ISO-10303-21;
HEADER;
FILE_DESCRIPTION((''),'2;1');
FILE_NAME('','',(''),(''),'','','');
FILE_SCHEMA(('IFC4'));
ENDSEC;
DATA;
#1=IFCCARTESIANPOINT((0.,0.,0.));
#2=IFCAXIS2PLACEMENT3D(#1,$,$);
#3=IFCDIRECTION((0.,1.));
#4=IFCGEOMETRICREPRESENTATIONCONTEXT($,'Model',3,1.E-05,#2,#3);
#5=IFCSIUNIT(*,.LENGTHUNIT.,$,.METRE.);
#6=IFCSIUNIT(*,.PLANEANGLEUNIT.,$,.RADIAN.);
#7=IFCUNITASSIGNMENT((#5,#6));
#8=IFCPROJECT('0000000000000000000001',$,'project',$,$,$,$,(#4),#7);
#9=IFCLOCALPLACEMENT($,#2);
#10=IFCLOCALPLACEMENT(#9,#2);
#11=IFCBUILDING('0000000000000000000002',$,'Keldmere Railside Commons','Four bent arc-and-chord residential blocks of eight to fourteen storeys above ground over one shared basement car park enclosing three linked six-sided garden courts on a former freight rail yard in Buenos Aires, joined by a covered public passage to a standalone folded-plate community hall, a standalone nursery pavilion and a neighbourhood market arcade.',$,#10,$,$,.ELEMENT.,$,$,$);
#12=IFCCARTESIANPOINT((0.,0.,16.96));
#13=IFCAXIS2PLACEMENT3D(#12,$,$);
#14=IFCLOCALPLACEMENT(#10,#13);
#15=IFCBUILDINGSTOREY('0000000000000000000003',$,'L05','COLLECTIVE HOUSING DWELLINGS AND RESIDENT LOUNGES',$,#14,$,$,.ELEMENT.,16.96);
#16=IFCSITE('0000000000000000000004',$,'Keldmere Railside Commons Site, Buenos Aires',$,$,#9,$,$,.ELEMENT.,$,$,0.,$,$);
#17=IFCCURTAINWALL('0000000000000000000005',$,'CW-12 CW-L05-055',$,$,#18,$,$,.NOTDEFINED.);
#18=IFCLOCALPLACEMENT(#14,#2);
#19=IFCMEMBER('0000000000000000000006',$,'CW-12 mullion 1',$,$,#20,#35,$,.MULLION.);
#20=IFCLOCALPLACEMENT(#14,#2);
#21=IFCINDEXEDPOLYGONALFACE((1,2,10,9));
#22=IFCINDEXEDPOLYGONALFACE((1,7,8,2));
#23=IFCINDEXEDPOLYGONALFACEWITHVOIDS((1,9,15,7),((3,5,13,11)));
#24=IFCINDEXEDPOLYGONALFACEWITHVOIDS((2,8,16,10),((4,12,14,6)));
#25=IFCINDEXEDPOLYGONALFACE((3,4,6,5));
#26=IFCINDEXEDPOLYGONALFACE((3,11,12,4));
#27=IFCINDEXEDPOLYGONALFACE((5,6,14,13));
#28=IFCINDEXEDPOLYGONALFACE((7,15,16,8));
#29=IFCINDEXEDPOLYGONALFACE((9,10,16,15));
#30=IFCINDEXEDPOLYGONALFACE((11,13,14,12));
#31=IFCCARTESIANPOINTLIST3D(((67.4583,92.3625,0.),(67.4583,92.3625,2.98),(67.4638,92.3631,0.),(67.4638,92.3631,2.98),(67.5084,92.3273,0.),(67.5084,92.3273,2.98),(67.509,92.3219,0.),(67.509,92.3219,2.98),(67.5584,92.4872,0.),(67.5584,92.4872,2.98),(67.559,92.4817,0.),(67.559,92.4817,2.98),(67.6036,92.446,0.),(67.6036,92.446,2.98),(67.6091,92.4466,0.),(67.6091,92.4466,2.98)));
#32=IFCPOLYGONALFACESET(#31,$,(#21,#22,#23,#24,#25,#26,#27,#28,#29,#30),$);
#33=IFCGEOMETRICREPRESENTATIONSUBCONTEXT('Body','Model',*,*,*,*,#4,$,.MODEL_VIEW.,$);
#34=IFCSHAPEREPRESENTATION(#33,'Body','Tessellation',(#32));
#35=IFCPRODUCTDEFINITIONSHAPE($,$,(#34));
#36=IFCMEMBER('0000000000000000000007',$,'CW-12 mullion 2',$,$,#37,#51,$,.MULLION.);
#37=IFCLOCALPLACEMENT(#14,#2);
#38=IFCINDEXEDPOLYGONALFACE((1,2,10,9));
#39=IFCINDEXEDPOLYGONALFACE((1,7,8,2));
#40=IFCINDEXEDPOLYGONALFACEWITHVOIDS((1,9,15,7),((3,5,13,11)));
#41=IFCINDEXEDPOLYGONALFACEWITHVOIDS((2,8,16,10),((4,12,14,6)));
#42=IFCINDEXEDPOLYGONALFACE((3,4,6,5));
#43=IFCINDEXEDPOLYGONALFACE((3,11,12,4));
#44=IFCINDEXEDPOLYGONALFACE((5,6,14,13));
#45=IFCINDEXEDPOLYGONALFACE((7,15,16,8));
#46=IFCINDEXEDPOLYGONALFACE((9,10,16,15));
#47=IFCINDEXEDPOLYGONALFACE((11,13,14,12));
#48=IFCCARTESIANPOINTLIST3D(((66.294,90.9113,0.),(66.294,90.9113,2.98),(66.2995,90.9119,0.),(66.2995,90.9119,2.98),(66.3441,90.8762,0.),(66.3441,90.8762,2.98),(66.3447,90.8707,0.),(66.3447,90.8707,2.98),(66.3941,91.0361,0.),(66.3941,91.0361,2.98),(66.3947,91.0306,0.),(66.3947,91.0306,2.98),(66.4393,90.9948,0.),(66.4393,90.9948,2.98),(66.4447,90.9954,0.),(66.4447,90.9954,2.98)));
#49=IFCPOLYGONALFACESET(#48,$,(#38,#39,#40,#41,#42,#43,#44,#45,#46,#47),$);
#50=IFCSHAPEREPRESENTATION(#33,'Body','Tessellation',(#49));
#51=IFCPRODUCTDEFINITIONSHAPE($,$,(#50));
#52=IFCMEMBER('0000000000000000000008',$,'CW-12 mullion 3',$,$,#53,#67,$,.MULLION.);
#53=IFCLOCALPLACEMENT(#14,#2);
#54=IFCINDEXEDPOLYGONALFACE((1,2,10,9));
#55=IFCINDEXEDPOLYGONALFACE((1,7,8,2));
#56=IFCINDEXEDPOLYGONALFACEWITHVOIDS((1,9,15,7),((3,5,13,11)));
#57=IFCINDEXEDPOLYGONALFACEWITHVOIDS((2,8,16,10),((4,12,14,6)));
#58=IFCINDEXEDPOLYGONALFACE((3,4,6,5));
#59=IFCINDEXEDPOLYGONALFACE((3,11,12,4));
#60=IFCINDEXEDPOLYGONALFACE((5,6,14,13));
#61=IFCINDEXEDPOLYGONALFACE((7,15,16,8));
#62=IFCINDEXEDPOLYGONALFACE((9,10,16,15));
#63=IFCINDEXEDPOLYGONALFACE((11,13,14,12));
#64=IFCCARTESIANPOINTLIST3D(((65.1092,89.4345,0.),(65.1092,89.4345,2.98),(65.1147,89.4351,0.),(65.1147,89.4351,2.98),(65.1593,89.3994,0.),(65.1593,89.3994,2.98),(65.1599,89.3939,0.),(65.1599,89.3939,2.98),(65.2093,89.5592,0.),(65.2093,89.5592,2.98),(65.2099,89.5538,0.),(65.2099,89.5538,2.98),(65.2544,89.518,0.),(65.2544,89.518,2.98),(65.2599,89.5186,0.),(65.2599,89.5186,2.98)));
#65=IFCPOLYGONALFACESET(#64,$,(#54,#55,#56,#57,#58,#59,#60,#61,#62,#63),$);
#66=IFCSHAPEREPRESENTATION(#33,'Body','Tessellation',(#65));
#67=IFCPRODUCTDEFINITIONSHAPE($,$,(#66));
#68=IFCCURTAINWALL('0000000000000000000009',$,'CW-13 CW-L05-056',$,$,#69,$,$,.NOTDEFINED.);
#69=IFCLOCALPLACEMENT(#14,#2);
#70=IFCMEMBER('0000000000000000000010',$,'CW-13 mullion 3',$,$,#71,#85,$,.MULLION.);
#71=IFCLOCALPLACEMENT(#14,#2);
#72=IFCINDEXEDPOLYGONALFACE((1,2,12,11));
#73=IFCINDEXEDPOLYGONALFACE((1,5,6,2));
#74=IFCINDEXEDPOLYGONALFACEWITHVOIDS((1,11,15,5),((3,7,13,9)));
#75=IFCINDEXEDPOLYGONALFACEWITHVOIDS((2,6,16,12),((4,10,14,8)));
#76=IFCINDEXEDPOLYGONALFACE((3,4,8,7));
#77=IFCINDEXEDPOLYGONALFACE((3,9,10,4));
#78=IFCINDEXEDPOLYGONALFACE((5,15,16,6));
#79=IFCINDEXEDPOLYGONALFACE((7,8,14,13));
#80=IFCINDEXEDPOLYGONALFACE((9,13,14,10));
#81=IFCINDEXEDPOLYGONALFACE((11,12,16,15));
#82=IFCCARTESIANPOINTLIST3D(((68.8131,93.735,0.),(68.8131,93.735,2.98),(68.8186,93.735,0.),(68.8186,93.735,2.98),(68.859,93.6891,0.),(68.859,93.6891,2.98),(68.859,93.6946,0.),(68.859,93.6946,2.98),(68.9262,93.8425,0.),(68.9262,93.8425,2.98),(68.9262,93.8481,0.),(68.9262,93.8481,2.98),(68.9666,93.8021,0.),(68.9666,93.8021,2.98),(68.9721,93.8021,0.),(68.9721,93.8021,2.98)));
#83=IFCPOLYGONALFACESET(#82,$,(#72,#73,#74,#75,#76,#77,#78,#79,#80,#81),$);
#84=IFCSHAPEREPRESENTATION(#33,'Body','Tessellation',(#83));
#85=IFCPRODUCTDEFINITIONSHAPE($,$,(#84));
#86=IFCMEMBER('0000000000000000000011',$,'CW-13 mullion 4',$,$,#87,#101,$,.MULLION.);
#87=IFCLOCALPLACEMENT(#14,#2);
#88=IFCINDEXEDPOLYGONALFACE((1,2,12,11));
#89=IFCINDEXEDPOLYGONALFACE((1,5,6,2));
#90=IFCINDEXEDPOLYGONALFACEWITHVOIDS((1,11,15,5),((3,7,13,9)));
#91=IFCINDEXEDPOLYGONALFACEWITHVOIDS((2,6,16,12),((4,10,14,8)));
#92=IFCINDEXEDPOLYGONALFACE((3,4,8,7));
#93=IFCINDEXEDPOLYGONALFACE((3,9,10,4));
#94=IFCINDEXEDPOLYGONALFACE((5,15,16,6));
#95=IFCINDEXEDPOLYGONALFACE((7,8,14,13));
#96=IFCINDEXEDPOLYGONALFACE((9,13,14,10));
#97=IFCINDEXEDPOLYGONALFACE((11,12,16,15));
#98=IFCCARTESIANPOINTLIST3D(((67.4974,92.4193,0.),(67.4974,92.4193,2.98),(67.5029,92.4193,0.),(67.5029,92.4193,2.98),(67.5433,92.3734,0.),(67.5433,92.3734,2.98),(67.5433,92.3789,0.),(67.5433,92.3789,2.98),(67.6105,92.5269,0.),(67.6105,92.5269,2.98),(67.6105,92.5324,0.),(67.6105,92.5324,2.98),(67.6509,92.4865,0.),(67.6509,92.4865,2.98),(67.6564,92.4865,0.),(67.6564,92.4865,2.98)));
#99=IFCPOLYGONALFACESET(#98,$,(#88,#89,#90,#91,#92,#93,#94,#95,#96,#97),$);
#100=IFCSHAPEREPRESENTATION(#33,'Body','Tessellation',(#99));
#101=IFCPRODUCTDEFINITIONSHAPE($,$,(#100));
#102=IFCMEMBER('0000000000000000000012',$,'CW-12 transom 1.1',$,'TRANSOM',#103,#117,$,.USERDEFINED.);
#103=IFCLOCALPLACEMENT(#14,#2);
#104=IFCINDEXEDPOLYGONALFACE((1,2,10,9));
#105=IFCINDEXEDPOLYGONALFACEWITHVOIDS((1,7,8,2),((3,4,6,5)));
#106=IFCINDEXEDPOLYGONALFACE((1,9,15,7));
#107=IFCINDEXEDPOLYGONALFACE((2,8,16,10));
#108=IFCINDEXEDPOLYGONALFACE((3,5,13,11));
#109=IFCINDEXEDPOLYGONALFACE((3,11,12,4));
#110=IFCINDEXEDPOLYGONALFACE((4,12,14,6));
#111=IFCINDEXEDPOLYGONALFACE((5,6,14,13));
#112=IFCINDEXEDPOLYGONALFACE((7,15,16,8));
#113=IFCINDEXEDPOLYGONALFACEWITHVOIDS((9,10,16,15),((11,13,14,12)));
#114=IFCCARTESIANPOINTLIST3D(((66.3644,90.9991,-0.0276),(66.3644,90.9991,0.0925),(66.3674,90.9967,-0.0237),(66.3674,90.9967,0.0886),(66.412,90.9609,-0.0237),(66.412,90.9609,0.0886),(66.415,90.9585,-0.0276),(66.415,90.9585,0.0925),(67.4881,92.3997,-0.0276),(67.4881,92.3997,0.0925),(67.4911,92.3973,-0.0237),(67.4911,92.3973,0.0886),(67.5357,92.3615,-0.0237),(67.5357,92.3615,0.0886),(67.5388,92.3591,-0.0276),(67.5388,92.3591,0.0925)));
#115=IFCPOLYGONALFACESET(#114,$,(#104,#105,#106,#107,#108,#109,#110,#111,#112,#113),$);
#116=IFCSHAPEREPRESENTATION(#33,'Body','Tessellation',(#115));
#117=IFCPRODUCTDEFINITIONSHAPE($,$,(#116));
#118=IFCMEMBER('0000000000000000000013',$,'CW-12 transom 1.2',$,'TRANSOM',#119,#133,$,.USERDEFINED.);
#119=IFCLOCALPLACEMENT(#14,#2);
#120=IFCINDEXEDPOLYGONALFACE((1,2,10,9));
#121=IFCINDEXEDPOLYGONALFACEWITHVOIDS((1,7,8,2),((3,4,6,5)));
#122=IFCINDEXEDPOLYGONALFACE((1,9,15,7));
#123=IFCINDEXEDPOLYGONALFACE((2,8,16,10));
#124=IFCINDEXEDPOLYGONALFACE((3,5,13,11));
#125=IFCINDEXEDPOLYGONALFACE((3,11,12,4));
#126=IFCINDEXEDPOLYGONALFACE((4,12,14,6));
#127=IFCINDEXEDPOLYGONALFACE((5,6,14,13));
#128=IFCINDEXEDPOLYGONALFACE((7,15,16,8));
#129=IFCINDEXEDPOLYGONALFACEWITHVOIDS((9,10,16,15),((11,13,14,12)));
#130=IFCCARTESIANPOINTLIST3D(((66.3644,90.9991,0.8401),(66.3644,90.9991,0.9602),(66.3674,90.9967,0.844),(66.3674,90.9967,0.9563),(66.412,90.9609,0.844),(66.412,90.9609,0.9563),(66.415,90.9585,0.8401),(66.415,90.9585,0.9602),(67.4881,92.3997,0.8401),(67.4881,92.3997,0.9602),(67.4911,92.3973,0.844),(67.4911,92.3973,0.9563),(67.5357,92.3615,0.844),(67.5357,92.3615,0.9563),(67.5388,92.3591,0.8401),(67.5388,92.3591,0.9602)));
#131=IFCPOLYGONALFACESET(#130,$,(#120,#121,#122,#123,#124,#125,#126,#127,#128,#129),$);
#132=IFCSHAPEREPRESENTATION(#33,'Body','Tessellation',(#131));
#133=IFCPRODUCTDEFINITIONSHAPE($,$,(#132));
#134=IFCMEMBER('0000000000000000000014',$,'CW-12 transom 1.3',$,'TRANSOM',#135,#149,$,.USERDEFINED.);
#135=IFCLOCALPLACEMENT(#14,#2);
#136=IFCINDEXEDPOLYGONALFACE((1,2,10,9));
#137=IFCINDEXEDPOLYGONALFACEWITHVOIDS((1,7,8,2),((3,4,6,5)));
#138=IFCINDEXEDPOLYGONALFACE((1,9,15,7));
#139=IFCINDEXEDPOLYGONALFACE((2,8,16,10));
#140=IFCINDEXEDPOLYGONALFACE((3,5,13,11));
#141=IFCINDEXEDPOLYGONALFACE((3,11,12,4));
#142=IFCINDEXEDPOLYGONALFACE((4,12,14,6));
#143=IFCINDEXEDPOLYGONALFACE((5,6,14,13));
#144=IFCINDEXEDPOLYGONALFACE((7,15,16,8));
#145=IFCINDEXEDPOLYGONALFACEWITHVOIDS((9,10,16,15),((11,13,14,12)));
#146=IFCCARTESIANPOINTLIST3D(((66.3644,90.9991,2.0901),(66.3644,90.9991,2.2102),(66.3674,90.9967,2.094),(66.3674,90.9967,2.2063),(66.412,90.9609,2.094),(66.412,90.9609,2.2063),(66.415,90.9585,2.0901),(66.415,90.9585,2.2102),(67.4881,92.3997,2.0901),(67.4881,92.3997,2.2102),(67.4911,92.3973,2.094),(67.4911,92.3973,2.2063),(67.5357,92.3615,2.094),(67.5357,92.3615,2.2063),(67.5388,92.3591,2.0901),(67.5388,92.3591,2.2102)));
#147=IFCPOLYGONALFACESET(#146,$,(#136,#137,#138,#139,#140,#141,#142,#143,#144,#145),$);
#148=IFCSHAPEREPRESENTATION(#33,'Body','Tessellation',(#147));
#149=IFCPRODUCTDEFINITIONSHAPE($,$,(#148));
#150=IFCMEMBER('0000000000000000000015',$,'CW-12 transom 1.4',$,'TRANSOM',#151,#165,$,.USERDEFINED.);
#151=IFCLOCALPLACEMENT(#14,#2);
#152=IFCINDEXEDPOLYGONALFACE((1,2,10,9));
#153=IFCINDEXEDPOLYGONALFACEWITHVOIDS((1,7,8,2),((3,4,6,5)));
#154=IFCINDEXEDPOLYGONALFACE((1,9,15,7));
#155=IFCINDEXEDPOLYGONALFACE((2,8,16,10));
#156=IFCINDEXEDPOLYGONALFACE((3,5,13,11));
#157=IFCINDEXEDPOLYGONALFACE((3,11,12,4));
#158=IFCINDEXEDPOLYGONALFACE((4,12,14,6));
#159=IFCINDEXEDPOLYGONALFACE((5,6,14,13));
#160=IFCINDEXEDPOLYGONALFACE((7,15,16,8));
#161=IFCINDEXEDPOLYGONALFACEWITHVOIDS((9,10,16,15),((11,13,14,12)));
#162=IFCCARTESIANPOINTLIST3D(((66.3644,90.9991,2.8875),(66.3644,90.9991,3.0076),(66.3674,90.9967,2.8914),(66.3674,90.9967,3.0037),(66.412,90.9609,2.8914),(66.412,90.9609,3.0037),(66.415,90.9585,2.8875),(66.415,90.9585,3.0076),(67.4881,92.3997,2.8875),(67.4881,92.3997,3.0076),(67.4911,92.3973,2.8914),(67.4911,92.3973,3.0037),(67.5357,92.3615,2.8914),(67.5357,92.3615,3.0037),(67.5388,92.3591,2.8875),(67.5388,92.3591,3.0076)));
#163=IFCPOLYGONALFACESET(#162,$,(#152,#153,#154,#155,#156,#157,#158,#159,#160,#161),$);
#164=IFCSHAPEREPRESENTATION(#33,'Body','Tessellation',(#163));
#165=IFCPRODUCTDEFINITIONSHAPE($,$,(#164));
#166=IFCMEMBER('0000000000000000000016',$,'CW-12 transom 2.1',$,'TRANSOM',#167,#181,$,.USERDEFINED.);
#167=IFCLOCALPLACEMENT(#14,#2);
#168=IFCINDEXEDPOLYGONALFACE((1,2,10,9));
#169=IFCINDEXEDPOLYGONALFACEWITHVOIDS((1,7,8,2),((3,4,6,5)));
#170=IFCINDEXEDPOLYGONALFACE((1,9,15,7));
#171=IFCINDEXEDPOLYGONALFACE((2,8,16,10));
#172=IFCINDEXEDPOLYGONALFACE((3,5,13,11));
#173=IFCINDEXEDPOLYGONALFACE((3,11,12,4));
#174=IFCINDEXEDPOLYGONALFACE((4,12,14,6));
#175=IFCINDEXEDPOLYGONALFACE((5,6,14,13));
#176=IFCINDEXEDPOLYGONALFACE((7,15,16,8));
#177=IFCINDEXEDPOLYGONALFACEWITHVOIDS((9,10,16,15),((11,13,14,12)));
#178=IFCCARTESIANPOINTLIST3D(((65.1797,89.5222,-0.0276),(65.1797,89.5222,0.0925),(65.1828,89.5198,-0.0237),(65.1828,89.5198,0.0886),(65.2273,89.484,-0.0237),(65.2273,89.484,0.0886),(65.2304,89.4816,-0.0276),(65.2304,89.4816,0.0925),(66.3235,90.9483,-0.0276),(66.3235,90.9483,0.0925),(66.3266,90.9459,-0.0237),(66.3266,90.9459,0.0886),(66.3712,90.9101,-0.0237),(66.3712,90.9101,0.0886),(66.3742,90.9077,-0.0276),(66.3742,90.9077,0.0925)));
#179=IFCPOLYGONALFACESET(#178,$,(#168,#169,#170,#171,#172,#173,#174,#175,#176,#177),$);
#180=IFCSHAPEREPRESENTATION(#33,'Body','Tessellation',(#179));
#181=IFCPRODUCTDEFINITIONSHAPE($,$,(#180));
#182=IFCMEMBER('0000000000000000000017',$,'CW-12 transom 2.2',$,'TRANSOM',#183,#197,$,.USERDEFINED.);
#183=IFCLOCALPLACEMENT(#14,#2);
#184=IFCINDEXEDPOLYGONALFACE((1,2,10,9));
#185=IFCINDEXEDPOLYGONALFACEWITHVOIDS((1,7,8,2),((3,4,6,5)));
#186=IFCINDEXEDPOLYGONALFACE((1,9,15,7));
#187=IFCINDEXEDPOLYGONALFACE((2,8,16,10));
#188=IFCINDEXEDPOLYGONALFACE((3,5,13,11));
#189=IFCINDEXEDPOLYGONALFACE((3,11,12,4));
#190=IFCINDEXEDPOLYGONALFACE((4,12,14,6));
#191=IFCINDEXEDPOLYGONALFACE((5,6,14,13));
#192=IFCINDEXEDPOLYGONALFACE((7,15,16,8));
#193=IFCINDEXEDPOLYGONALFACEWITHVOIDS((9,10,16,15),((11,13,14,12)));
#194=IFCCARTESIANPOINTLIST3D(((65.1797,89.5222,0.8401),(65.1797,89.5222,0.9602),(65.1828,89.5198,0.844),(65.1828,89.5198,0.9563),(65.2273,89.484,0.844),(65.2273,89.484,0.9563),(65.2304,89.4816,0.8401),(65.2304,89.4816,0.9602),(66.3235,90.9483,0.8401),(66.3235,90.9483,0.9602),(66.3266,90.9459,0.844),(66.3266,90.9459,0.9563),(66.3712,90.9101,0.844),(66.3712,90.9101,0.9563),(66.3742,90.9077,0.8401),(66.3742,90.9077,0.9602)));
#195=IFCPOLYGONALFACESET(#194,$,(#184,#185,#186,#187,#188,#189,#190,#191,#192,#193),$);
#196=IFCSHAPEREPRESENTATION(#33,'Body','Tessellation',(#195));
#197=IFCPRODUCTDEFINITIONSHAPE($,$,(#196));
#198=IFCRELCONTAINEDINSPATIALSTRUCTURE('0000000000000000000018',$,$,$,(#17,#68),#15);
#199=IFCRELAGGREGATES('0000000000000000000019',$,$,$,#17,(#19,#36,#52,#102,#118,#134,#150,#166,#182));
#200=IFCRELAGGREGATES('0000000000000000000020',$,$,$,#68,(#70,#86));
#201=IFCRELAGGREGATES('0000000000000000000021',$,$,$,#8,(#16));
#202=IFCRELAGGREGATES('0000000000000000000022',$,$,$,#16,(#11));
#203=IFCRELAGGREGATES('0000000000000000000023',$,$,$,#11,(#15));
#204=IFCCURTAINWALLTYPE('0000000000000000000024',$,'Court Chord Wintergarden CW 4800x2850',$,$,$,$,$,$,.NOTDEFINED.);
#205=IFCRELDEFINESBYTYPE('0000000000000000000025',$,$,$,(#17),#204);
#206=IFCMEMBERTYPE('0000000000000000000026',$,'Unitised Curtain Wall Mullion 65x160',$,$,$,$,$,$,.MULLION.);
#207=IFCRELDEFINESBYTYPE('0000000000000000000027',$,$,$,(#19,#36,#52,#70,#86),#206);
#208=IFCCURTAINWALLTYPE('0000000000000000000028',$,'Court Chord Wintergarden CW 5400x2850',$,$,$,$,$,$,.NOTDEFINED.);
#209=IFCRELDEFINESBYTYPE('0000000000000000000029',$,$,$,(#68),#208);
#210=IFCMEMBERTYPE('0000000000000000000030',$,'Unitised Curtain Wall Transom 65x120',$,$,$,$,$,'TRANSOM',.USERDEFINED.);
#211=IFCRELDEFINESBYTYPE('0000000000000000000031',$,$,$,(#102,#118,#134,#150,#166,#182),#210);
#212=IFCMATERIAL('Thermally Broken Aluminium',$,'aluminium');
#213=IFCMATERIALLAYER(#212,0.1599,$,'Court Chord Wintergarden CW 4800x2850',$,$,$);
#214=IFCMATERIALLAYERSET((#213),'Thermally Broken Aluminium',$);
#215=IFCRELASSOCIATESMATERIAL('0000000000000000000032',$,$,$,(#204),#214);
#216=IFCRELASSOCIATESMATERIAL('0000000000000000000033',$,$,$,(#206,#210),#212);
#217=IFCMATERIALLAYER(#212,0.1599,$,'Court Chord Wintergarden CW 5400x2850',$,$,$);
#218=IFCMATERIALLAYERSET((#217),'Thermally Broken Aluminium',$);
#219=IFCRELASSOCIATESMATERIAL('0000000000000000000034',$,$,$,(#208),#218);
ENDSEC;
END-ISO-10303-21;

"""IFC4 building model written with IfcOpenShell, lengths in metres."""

from ifc_helpers import new_model, si_unit, direction, frame, origin, origin_2d, place, context, subcontext, project, spatial, hollow_rectangle, extrude, material, layer, layer_set, material_profile, profile_set, type_object, element, aggregate, save


model = new_model("IFC4")

# Units and contexts
model_context = context("Model", 3, precision=1e-05, world=origin(), true_north=direction((0.0, 1.0)))
body_context = subcontext(model_context, "Body", "Model", "MODEL_VIEW")
ifc_project = project(units=[si_unit("LENGTHUNIT", "METRE"), si_unit("PLANEANGLEUNIT", "RADIAN")], contexts=[model_context])

# Site, building, storey
site_placement = place(None, origin())
site = spatial("IfcSite", under=ifc_project, at=site_placement, Name="Keldmere Railside Commons Site, Buenos Aires", CompositionType="ELEMENT", RefElevation=0.0)
building_placement = place(site_placement, origin())
building = spatial("IfcBuilding", under=site, at=building_placement, Name="Keldmere Railside Commons", Description="Four bent arc-and-chord residential blocks of eight to fourteen storeys above ground over one shared basement car park enclosing three linked six-sided garden courts on a former freight rail yard in Buenos Aires, joined by a covered public passage to a standalone folded-plate community hall, a standalone nursery pavilion and a neighbourhood market arcade.", CompositionType="ELEMENT")
storey_placement = place(building_placement, frame((0.0, 0.0, 16.96)))
storey = spatial("IfcBuildingStorey", under=building, at=storey_placement, Name="L05", Description="COLLECTIVE HOUSING DWELLINGS AND RESIDENT LOUNGES", CompositionType="ELEMENT", Elevation=16.96)

# Curtain walls, members
ifc_material_1 = material(Name="Thermally Broken Aluminium", Category="aluminium")
ifc_layer_1 = layer(ifc_material_1, 0.1599, Name="Court Chord Wintergarden CW 4800x2850")
ifc_layer_set_1 = layer_set([ifc_layer_1], Name="Thermally Broken Aluminium")
curtain_wall_type_1 = type_object("IfcCurtainWallType", Name="Court Chord Wintergarden CW 4800x2850", PredefinedType="NOTDEFINED", material=ifc_layer_set_1)
curtain_wall_1_placement = place(storey_placement, origin())
curtain_wall_1 = element("IfcCurtainWall", 1, at=curtain_wall_1_placement, inside=storey, type_object=curtain_wall_type_1, Name="CW-12 CW-L05-055", PredefinedType="NOTDEFINED")
ifc_material_profile_1 = material_profile(ifc_material_1, hollow_rectangle(XDim=0.0649, YDim=0.1599, WallThickness=0.0039, at=origin_2d()), Name="ALU-MULL-65x160")
ifc_profile_set_1 = profile_set([ifc_material_profile_1], Name="Thermally Broken Aluminium")
member_type_1 = type_object("IfcMemberType", Name="Unitised Curtain Wall Mullion 65x160", PredefinedType="MULLION", material=ifc_profile_set_1)
member_1_placement = place(storey_placement, frame((67.5337, 92.4045, 0.0), z_axis=(0.0, 0.0, 1.0), x_axis=(0.780009, -0.625768, 0.0)))
member_1 = element("IfcMember", 2, at=member_1_placement, type_object=member_type_1, Name="CW-12 mullion 1", PredefinedType="MULLION", context=body_context, shape_type="SweptSolid", body=[
    extrude(hollow_rectangle(XDim=0.0649, YDim=0.1599, WallThickness=0.0039, at=origin_2d()), origin(), (0.0, 0.0, 1.0), 2.98),
])
member_2_placement = place(storey_placement, frame((66.3694, 90.9534, 0.0), z_axis=(0.0, 0.0, 1.0), x_axis=(0.780009, -0.625768, 0.0)))
member_2 = element("IfcMember", 3, at=member_2_placement, type_object=member_type_1, Name="CW-12 mullion 2", PredefinedType="MULLION", context=body_context, shape_type="SweptSolid", body=[
    extrude(hollow_rectangle(XDim=0.0649, YDim=0.1599, WallThickness=0.0039, at=origin_2d()), origin(), (0.0, 0.0, 1.0), 2.98),
])
member_3_placement = place(storey_placement, frame((65.1846, 89.4766, 0.0), z_axis=(0.0, 0.0, 1.0), x_axis=(0.780009, -0.625768, 0.0)))
member_3 = element("IfcMember", 4, at=member_3_placement, type_object=member_type_1, Name="CW-12 mullion 3", PredefinedType="MULLION", context=body_context, shape_type="SweptSolid", body=[
    extrude(hollow_rectangle(XDim=0.0649, YDim=0.1599, WallThickness=0.0039, at=origin_2d()), origin(), (0.0, 0.0, 1.0), 2.98),
])
ifc_layer_2 = layer(ifc_material_1, 0.1599, Name="Court Chord Wintergarden CW 5400x2850")
ifc_layer_set_2 = layer_set([ifc_layer_2], Name="Thermally Broken Aluminium")
curtain_wall_type_2 = type_object("IfcCurtainWallType", Name="Court Chord Wintergarden CW 5400x2850", PredefinedType="NOTDEFINED", material=ifc_layer_set_2)
curtain_wall_2_placement = place(storey_placement, origin())
curtain_wall_2 = element("IfcCurtainWall", 5, at=curtain_wall_2_placement, inside=storey, type_object=curtain_wall_type_2, Name="CW-13 CW-L05-056", PredefinedType="NOTDEFINED")
member_4_placement = place(storey_placement, frame((68.8926, 93.7686, 0.0), z_axis=(0.0, 0.0, 1.0), x_axis=(0.707107, -0.707107, 0.0)))
member_4 = element("IfcMember", 6, at=member_4_placement, type_object=member_type_1, Name="CW-13 mullion 3", PredefinedType="MULLION", context=body_context, shape_type="SweptSolid", body=[
    extrude(hollow_rectangle(XDim=0.0649, YDim=0.1599, WallThickness=0.0039, at=origin_2d()), origin(), (0.0, 0.0, 1.0), 2.98),
])
member_5_placement = place(storey_placement, frame((67.5769, 92.4529, 0.0), z_axis=(0.0, 0.0, 1.0), x_axis=(0.707107, -0.707107, 0.0)))
member_5 = element("IfcMember", 7, at=member_5_placement, type_object=member_type_1, Name="CW-13 mullion 4", PredefinedType="MULLION", context=body_context, shape_type="SweptSolid", body=[
    extrude(hollow_rectangle(XDim=0.0649, YDim=0.1599, WallThickness=0.0039, at=origin_2d()), origin(), (0.0, 0.0, 1.0), 2.98),
])

# Members
ifc_material_profile_2 = material_profile(ifc_material_1, hollow_rectangle(XDim=0.0649, YDim=0.1201, WallThickness=0.0039, at=origin_2d()), Name="ALU-TRAN-65x120")
ifc_profile_set_2 = profile_set([ifc_material_profile_2], Name="Thermally Broken Aluminium")
member_type_2 = type_object("IfcMemberType", Name="Unitised Curtain Wall Transom 65x120", ElementType="TRANSOM", PredefinedType="USERDEFINED", material=ifc_profile_set_2)
member_6_placement = place(storey_placement, frame((67.5134, 92.3794, 0.0325), z_axis=(-0.625805, -0.779979, 0.0), x_axis=(0.779979, -0.625805, 0.0)))
member_6 = element("IfcMember", 8, at=member_6_placement, type_object=member_type_2, Name="CW-12 transom 1.1", ObjectType="TRANSOM", PredefinedType="USERDEFINED", context=body_context, shape_type="SweptSolid", body=[
    extrude(hollow_rectangle(XDim=0.0649, YDim=0.1201, WallThickness=0.0039, at=origin_2d()), origin(), (0.0, 0.0, 1.0), 1.7957),
])
member_7_placement = place(storey_placement, frame((67.5134, 92.3794, 0.9001), z_axis=(-0.625805, -0.779979, 0.0), x_axis=(0.779979, -0.625805, 0.0)))
member_7 = element("IfcMember", 9, at=member_7_placement, type_object=member_type_2, Name="CW-12 transom 1.2", ObjectType="TRANSOM", PredefinedType="USERDEFINED", context=body_context, shape_type="SweptSolid", body=[
    extrude(hollow_rectangle(XDim=0.0649, YDim=0.1201, WallThickness=0.0039, at=origin_2d()), origin(), (0.0, 0.0, 1.0), 1.7957),
])
member_8_placement = place(storey_placement, frame((67.5134, 92.3794, 2.1501), z_axis=(-0.625805, -0.779979, 0.0), x_axis=(0.779979, -0.625805, 0.0)))
member_8 = element("IfcMember", 10, at=member_8_placement, type_object=member_type_2, Name="CW-12 transom 1.3", ObjectType="TRANSOM", PredefinedType="USERDEFINED", context=body_context, shape_type="SweptSolid", body=[
    extrude(hollow_rectangle(XDim=0.0649, YDim=0.1201, WallThickness=0.0039, at=origin_2d()), origin(), (0.0, 0.0, 1.0), 1.7957),
])
member_9_placement = place(storey_placement, frame((67.5134, 92.3794, 2.9475), z_axis=(-0.625805, -0.779979, 0.0), x_axis=(0.779979, -0.625805, 0.0)))
member_9 = element("IfcMember", 11, at=member_9_placement, type_object=member_type_2, Name="CW-12 transom 1.4", ObjectType="TRANSOM", PredefinedType="USERDEFINED", context=body_context, shape_type="SweptSolid", body=[
    extrude(hollow_rectangle(XDim=0.0649, YDim=0.1201, WallThickness=0.0039, at=origin_2d()), origin(), (0.0, 0.0, 1.0), 1.7957),
])
member_10_placement = place(storey_placement, frame((66.3489, 90.928, 0.0325), z_axis=(-0.625688, -0.780073, 0.0), x_axis=(0.780073, -0.625688, 0.0)))
member_10 = element("IfcMember", 12, at=member_10_placement, type_object=member_type_2, Name="CW-12 transom 2.1", ObjectType="TRANSOM", PredefinedType="USERDEFINED", context=body_context, shape_type="SweptSolid", body=[
    extrude(hollow_rectangle(XDim=0.0649, YDim=0.1201, WallThickness=0.0039, at=origin_2d()), origin(), (0.0, 0.0, 1.0), 1.8281),
])
member_11_placement = place(storey_placement, frame((66.3489, 90.928, 0.9001), z_axis=(-0.625688, -0.780073, 0.0), x_axis=(0.780073, -0.625688, 0.0)))
member_11 = element("IfcMember", 13, at=member_11_placement, type_object=member_type_2, Name="CW-12 transom 2.2", ObjectType="TRANSOM", PredefinedType="USERDEFINED", context=body_context, shape_type="SweptSolid", body=[
    extrude(hollow_rectangle(XDim=0.0649, YDim=0.1201, WallThickness=0.0039, at=origin_2d()), origin(), (0.0, 0.0, 1.0), 1.8281),
])

aggregate(curtain_wall_1, [member_1, member_2, member_3, member_6, member_7, member_8, member_9, member_10, member_11])
aggregate(curtain_wall_2, [member_4, member_5])

save(model, "model.ifc")
